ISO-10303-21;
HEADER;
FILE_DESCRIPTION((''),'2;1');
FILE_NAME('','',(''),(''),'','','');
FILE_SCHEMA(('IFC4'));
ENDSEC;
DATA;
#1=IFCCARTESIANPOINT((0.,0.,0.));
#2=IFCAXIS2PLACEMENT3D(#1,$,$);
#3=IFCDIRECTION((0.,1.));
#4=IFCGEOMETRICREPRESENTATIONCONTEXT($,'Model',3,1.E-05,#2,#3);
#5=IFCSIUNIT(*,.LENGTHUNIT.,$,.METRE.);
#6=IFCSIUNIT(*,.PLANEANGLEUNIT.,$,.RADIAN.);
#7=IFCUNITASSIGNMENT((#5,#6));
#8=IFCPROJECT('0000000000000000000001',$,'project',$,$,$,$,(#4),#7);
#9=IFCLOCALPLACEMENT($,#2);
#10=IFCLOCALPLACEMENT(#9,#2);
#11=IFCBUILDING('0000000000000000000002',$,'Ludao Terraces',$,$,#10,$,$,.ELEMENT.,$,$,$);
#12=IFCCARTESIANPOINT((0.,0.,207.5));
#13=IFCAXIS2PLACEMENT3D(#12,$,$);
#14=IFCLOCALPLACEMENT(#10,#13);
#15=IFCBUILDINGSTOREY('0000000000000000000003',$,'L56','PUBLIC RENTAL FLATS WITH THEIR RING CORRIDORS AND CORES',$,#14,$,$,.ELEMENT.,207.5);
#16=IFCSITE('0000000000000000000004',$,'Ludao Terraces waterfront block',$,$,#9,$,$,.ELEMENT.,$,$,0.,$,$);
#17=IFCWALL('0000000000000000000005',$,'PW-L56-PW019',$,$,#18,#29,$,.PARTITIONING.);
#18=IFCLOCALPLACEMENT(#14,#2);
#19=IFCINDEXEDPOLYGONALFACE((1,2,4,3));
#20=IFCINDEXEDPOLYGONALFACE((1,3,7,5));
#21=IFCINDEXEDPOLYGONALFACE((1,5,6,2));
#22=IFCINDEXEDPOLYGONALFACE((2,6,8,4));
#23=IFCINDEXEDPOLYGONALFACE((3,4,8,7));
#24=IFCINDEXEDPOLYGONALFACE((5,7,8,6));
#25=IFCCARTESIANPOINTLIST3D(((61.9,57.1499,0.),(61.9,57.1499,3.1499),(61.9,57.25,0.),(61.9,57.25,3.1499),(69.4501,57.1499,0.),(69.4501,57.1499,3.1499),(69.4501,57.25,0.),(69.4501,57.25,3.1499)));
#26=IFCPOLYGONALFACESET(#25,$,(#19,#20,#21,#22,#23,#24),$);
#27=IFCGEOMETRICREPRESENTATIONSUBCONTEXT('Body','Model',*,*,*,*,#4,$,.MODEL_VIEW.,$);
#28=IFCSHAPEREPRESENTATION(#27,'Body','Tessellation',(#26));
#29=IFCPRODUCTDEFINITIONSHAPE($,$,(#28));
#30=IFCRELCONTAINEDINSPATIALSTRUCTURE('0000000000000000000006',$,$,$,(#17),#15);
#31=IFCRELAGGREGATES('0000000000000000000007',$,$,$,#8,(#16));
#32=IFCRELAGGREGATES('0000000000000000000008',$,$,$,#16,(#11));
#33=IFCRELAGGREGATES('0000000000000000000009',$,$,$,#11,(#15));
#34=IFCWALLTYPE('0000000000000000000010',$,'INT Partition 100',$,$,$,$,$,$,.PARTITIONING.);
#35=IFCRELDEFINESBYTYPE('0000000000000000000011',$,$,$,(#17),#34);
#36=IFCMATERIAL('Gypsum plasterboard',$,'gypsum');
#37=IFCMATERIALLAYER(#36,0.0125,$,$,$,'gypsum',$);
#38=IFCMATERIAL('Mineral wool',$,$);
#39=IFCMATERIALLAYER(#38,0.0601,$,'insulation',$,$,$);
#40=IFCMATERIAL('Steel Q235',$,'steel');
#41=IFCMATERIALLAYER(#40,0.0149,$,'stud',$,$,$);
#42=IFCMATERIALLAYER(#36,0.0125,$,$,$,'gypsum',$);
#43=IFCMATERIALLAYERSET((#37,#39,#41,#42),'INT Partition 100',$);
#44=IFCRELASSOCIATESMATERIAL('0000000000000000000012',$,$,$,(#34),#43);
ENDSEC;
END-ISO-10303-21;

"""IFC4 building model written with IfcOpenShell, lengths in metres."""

from ifc_helpers import new_model, si_unit, direction, frame, frame_2d, origin, place, context, subcontext, project, spatial, rectangle, extrude, material, layer, layer_set, type_object, element, save


model = new_model("IFC4")

# Units and contexts
model_context = context("Model", 3, precision=1e-05, world=origin(), true_north=direction((0.0, 1.0)))
body_context = subcontext(model_context, "Body", "Model", "MODEL_VIEW")
ifc_project = project(units=[si_unit("LENGTHUNIT", "METRE"), si_unit("PLANEANGLEUNIT", "RADIAN")], contexts=[model_context])

# Site, building, storey
site_placement = place(None, origin())
site = spatial("IfcSite", under=ifc_project, at=site_placement, Name="Ludao Terraces waterfront block", CompositionType="ELEMENT", RefElevation=0.0)
building_placement = place(site_placement, origin())
building = spatial("IfcBuilding", under=site, at=building_placement, Name="Ludao Terraces", CompositionType="ELEMENT")
storey_placement = place(building_placement, frame((0.0, 0.0, 207.5)))
storey = spatial("IfcBuildingStorey", under=building, at=storey_placement, Name="L56", Description="PUBLIC RENTAL FLATS WITH THEIR RING CORRIDORS AND CORES", CompositionType="ELEMENT", Elevation=207.5)

# Shared definitions
ifc_material_1 = material(Name="Mineral wool")

# Shared definitions
ifc_material_2 = material(Name="Gypsum plasterboard", Category="gypsum")
ifc_layer_1 = layer(ifc_material_2, 0.0125, Category="gypsum")
ifc_layer_2 = layer(ifc_material_1, 0.0601, Name="insulation")
ifc_material_3 = material(Name="Steel Q235", Category="steel")
ifc_layer_3 = layer(ifc_material_3, 0.0149, Name="stud")
ifc_layer_4 = layer(ifc_material_2, 0.0125, Category="gypsum")
ifc_layer_set_1 = layer_set([ifc_layer_1, ifc_layer_2, ifc_layer_3, ifc_layer_4], Name="INT Partition 100")
wall_type_1 = type_object("IfcWallType", Name="INT Partition 100", PredefinedType="PARTITIONING", material=ifc_layer_set_1)

# Wall
for number, where, z_axis, x_axis, name in (
    (1, (61.9001, 57.2, 0.0), (0.0, 0.0, 1.0), (1.0, 0.0, 0.0), "PW-L56-PW019"),
):
    element("IfcWall", number, at=place(storey_placement, frame(where, z_axis=z_axis, x_axis=x_axis)), inside=storey, type_object=wall_type_1, Name=name, PredefinedType="PARTITIONING", context=body_context, shape_type="SweptSolid", body=[
        extrude(rectangle(XDim=7.55, YDim=0.1001, at=frame_2d((3.7749, 0.0))), origin(), (0.0, 0.0, 1.0), 3.1499),
    ])

save(model, "model.ifc")
